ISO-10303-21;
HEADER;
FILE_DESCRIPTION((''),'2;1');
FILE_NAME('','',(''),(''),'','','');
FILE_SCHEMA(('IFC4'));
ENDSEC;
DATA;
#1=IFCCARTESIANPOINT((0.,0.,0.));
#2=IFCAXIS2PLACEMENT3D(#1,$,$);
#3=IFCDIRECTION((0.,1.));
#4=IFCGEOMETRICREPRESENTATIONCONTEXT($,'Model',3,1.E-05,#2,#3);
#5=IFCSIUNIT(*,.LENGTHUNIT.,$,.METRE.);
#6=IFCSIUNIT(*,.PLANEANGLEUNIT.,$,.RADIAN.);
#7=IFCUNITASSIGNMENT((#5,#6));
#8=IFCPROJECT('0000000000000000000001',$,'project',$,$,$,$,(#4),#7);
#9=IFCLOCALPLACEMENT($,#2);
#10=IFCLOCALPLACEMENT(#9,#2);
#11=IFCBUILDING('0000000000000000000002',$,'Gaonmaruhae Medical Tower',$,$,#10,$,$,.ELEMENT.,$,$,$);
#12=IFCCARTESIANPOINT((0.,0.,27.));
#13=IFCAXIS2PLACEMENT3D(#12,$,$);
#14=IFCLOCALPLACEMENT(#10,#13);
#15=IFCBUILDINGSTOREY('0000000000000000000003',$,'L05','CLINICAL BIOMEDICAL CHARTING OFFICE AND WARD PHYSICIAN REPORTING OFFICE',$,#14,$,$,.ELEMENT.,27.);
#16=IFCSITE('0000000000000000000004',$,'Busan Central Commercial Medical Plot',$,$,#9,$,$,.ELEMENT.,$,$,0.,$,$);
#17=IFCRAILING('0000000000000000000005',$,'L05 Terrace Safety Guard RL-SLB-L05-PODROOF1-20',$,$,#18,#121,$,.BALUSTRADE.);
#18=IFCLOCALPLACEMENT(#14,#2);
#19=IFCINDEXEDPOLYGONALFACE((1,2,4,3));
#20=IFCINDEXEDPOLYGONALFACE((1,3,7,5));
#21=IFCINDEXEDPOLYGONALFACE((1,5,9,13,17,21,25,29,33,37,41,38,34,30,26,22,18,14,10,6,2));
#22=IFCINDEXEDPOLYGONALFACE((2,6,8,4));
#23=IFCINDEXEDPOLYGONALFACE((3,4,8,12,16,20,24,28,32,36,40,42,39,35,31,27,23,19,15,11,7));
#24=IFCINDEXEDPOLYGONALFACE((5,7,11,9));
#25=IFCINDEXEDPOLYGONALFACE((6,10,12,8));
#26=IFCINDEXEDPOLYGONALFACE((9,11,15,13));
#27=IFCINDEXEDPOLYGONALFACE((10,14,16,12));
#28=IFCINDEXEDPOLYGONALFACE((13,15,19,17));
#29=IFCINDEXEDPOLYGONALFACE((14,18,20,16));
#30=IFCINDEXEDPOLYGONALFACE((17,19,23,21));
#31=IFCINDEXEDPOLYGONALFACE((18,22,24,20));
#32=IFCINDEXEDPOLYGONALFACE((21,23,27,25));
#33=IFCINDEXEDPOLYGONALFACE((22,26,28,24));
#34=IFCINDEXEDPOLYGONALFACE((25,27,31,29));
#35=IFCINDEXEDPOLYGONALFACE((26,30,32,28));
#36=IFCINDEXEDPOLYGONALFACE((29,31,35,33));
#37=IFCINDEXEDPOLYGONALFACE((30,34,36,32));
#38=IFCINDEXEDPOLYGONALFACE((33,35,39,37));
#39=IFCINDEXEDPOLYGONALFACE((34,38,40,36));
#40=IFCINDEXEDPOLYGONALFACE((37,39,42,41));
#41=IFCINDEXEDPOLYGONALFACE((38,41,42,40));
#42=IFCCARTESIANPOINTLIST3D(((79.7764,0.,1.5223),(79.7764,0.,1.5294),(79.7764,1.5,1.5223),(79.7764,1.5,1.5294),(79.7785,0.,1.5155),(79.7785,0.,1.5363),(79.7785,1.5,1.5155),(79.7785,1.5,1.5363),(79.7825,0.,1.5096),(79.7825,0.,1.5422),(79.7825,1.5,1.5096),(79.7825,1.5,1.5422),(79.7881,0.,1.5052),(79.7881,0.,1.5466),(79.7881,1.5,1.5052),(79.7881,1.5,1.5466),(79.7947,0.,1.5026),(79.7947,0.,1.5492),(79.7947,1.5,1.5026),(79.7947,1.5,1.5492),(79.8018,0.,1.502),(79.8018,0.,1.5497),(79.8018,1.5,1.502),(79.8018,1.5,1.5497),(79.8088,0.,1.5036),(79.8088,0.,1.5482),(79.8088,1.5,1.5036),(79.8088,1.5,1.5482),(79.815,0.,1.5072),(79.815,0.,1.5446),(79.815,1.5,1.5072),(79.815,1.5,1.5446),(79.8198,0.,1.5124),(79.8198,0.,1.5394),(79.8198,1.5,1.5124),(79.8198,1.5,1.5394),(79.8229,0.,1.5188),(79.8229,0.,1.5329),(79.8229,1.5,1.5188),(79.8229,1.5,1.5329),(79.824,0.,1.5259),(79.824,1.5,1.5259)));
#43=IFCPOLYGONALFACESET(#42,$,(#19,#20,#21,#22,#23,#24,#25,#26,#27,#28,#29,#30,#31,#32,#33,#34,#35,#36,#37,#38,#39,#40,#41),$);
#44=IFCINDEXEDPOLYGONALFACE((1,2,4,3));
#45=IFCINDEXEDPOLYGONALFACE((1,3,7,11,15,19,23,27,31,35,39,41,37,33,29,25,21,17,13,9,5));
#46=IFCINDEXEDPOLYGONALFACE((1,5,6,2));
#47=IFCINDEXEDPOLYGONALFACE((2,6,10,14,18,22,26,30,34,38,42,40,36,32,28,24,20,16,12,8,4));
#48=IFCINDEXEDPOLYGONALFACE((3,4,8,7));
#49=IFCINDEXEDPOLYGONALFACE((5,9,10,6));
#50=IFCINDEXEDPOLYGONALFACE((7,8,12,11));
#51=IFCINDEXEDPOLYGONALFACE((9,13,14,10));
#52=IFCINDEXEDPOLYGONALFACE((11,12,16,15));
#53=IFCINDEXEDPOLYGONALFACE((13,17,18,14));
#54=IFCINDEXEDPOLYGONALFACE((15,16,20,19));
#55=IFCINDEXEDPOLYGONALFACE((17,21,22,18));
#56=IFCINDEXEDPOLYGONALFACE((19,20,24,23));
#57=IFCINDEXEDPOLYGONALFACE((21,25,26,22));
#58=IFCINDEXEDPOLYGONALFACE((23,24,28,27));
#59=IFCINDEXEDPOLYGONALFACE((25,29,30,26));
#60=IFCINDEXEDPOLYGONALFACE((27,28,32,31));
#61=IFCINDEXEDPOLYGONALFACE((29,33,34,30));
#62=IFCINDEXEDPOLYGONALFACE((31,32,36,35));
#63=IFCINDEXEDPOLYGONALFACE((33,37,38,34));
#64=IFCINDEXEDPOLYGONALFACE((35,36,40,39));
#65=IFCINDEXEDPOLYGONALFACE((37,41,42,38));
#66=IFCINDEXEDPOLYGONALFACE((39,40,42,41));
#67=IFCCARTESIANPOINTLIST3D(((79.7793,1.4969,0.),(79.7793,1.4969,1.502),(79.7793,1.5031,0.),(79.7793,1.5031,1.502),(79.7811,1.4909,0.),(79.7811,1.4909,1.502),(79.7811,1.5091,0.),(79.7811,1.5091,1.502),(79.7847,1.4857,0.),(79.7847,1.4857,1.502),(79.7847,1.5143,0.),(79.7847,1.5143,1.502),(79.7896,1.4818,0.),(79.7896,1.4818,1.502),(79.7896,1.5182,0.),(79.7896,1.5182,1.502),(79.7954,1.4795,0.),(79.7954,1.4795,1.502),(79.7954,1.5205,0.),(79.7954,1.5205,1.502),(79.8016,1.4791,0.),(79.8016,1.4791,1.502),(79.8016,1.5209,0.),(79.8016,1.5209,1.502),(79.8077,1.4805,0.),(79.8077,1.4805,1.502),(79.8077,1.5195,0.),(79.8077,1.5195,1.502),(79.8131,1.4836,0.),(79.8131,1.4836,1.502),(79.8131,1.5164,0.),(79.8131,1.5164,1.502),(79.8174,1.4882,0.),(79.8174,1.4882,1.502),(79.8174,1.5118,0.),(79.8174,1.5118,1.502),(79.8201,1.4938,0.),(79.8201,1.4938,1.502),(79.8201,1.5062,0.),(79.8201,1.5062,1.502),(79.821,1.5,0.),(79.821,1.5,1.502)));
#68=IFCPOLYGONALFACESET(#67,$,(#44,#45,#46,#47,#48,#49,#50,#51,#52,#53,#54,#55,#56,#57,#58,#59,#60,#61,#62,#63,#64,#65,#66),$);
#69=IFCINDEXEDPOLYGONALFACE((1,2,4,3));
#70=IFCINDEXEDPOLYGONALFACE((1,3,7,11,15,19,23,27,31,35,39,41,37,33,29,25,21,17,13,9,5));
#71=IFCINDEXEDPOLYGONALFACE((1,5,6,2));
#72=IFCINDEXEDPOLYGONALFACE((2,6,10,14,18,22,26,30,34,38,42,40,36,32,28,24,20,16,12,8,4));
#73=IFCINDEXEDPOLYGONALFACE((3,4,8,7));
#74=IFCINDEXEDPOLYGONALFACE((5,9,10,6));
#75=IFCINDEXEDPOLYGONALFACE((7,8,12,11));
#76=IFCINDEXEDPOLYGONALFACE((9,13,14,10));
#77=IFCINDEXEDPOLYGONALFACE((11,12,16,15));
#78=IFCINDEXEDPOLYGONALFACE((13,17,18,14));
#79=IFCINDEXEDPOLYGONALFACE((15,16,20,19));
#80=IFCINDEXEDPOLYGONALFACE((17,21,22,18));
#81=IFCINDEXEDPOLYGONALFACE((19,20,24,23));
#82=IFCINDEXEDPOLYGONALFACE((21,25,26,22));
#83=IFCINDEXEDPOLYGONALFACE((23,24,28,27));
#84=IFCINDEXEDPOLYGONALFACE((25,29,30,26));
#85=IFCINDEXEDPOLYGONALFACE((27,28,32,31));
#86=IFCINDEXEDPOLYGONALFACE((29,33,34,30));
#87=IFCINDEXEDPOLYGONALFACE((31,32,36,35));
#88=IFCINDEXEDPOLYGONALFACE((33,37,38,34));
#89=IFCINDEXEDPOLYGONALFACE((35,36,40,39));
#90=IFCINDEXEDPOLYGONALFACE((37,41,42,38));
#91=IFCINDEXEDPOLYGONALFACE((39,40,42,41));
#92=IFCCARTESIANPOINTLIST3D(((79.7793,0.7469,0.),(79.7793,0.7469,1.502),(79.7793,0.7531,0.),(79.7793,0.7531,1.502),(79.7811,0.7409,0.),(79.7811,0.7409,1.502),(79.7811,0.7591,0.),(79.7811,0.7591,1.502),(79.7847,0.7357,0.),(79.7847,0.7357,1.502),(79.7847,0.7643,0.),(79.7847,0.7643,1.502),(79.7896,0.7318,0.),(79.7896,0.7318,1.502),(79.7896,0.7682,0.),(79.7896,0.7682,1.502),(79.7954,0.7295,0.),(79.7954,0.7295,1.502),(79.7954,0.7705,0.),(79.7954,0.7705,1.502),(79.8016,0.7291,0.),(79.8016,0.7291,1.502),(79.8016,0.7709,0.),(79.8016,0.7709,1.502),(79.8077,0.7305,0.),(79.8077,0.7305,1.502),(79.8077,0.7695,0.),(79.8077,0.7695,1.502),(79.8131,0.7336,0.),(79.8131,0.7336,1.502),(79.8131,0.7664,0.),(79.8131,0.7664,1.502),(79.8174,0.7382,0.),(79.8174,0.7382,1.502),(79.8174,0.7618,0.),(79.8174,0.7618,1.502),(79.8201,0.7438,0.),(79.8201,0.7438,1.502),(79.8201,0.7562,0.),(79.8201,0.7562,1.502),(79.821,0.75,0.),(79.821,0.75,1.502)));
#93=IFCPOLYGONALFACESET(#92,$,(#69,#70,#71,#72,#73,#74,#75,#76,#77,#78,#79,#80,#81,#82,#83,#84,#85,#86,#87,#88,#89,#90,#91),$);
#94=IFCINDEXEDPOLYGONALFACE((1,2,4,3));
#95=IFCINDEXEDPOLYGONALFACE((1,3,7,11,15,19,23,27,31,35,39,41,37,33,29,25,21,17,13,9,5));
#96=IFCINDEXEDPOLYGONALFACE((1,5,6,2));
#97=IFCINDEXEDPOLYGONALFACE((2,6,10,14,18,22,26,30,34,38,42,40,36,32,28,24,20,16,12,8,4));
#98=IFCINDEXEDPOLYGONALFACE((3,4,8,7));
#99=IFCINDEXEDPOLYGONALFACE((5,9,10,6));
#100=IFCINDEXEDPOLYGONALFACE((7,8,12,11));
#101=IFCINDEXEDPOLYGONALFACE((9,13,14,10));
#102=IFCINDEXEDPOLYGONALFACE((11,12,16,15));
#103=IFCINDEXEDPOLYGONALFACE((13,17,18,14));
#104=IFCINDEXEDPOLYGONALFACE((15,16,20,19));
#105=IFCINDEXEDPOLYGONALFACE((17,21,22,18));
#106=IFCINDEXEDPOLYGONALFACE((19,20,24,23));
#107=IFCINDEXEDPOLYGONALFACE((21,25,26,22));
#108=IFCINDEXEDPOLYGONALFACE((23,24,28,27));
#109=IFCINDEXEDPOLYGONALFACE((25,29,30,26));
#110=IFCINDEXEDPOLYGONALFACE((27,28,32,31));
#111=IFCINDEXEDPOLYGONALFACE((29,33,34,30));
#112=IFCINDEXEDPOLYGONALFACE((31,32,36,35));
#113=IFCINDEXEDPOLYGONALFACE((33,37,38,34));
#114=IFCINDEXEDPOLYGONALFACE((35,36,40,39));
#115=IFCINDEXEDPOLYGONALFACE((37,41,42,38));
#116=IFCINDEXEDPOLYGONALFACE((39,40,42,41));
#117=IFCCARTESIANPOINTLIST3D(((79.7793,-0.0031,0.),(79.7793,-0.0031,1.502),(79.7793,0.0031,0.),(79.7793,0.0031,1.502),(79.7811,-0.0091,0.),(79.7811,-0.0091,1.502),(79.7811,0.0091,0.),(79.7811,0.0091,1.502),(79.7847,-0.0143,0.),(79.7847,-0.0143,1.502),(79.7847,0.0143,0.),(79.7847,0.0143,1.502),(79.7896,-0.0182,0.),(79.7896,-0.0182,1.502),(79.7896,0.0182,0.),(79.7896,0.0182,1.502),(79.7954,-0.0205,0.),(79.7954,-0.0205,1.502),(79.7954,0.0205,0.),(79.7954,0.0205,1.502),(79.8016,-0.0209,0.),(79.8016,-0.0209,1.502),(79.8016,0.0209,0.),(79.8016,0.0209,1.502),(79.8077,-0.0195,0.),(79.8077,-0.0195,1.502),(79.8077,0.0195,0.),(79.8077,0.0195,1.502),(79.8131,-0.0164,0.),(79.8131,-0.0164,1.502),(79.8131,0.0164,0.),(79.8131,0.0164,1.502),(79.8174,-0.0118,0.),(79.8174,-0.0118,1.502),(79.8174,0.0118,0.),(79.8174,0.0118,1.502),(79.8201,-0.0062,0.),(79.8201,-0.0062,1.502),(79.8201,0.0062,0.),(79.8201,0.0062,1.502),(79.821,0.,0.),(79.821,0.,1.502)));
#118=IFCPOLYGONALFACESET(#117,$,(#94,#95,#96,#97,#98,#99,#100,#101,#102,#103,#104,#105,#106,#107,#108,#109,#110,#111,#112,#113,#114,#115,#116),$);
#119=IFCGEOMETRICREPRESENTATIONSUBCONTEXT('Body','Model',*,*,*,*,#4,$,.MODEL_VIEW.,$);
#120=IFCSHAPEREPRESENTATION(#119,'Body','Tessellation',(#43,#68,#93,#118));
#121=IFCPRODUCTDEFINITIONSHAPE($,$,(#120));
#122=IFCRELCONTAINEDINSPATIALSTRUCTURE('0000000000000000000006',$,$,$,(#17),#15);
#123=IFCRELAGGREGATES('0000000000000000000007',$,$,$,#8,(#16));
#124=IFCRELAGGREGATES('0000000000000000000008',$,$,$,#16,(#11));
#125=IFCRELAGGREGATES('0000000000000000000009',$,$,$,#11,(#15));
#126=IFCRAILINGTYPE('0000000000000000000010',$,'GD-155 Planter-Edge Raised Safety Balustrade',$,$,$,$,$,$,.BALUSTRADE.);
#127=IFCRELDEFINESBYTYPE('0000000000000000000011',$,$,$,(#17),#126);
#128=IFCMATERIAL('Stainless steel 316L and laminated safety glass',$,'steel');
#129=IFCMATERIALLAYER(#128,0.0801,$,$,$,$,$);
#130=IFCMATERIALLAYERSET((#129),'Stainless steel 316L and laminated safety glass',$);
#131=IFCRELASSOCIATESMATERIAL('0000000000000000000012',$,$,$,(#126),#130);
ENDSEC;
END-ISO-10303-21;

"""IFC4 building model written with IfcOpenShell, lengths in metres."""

from ifc_helpers import new_model, si_unit, direction, frame, origin, origin_2d, place, context, subcontext, project, spatial, circle, extrude, material, layer, layer_set, type_object, element, save


model = new_model("IFC4")

# Units and contexts
model_context = context("Model", 3, precision=1e-05, world=origin(), true_north=direction((0.0, 1.0)))
body_context = subcontext(model_context, "Body", "Model", "MODEL_VIEW")
ifc_project = project(units=[si_unit("LENGTHUNIT", "METRE"), si_unit("PLANEANGLEUNIT", "RADIAN")], contexts=[model_context])

# Site, building, storey
site_placement = place(None, origin())
site = spatial("IfcSite", under=ifc_project, at=site_placement, Name="Busan Central Commercial Medical Plot", CompositionType="ELEMENT", RefElevation=0.0)
building_placement = place(site_placement, origin())
building = spatial("IfcBuilding", under=site, at=building_placement, Name="Gaonmaruhae Medical Tower", CompositionType="ELEMENT")
storey_placement = place(building_placement, frame((0.0, 0.0, 27.0)))
storey = spatial("IfcBuildingStorey", under=building, at=storey_placement, Name="L05", Description="CLINICAL BIOMEDICAL CHARTING OFFICE AND WARD PHYSICIAN REPORTING OFFICE", CompositionType="ELEMENT", Elevation=27.0)

# Railing
ifc_material_1 = material(Name="Stainless steel 316L and laminated safety glass", Category="steel")
ifc_layer_1 = layer(ifc_material_1, 0.0801)
ifc_layer_set_1 = layer_set([ifc_layer_1], Name="Stainless steel 316L and laminated safety glass")
railing_type = type_object("IfcRailingType", Name="GD-155 Planter-Edge Raised Safety Balustrade", PredefinedType="BALUSTRADE", material=ifc_layer_set_1)
railing_1_placement = place(storey_placement, frame((79.8, 1.5, 0.0)))
element("IfcRailing", 1, at=railing_1_placement, inside=storey, type_object=railing_type, Name="L05 Terrace Safety Guard RL-SLB-L05-PODROOF1-20", PredefinedType="BALUSTRADE", context=body_context, shape_type="SweptSolid", body=[
    extrude(circle(Radius=0.0239, at=origin_2d()), frame((0.0, 0.0, 1.5259), z_axis=(0.0, -1.0, 0.0), x_axis=(1.0, 0.0, 0.0)), (0.0, 0.0, 1.0), 1.5),
    extrude(circle(Radius=0.021, at=origin_2d()), origin(), (0.0, 0.0, 1.0), 1.502),
    extrude(circle(Radius=0.021, at=origin_2d()), frame((0.0, -0.75, 0.0)), (0.0, 0.0, 1.0), 1.502),
    extrude(circle(Radius=0.021, at=origin_2d()), frame((0.0, -1.5, 0.0)), (0.0, 0.0, 1.0), 1.502),
])

save(model, "model.ifc")
